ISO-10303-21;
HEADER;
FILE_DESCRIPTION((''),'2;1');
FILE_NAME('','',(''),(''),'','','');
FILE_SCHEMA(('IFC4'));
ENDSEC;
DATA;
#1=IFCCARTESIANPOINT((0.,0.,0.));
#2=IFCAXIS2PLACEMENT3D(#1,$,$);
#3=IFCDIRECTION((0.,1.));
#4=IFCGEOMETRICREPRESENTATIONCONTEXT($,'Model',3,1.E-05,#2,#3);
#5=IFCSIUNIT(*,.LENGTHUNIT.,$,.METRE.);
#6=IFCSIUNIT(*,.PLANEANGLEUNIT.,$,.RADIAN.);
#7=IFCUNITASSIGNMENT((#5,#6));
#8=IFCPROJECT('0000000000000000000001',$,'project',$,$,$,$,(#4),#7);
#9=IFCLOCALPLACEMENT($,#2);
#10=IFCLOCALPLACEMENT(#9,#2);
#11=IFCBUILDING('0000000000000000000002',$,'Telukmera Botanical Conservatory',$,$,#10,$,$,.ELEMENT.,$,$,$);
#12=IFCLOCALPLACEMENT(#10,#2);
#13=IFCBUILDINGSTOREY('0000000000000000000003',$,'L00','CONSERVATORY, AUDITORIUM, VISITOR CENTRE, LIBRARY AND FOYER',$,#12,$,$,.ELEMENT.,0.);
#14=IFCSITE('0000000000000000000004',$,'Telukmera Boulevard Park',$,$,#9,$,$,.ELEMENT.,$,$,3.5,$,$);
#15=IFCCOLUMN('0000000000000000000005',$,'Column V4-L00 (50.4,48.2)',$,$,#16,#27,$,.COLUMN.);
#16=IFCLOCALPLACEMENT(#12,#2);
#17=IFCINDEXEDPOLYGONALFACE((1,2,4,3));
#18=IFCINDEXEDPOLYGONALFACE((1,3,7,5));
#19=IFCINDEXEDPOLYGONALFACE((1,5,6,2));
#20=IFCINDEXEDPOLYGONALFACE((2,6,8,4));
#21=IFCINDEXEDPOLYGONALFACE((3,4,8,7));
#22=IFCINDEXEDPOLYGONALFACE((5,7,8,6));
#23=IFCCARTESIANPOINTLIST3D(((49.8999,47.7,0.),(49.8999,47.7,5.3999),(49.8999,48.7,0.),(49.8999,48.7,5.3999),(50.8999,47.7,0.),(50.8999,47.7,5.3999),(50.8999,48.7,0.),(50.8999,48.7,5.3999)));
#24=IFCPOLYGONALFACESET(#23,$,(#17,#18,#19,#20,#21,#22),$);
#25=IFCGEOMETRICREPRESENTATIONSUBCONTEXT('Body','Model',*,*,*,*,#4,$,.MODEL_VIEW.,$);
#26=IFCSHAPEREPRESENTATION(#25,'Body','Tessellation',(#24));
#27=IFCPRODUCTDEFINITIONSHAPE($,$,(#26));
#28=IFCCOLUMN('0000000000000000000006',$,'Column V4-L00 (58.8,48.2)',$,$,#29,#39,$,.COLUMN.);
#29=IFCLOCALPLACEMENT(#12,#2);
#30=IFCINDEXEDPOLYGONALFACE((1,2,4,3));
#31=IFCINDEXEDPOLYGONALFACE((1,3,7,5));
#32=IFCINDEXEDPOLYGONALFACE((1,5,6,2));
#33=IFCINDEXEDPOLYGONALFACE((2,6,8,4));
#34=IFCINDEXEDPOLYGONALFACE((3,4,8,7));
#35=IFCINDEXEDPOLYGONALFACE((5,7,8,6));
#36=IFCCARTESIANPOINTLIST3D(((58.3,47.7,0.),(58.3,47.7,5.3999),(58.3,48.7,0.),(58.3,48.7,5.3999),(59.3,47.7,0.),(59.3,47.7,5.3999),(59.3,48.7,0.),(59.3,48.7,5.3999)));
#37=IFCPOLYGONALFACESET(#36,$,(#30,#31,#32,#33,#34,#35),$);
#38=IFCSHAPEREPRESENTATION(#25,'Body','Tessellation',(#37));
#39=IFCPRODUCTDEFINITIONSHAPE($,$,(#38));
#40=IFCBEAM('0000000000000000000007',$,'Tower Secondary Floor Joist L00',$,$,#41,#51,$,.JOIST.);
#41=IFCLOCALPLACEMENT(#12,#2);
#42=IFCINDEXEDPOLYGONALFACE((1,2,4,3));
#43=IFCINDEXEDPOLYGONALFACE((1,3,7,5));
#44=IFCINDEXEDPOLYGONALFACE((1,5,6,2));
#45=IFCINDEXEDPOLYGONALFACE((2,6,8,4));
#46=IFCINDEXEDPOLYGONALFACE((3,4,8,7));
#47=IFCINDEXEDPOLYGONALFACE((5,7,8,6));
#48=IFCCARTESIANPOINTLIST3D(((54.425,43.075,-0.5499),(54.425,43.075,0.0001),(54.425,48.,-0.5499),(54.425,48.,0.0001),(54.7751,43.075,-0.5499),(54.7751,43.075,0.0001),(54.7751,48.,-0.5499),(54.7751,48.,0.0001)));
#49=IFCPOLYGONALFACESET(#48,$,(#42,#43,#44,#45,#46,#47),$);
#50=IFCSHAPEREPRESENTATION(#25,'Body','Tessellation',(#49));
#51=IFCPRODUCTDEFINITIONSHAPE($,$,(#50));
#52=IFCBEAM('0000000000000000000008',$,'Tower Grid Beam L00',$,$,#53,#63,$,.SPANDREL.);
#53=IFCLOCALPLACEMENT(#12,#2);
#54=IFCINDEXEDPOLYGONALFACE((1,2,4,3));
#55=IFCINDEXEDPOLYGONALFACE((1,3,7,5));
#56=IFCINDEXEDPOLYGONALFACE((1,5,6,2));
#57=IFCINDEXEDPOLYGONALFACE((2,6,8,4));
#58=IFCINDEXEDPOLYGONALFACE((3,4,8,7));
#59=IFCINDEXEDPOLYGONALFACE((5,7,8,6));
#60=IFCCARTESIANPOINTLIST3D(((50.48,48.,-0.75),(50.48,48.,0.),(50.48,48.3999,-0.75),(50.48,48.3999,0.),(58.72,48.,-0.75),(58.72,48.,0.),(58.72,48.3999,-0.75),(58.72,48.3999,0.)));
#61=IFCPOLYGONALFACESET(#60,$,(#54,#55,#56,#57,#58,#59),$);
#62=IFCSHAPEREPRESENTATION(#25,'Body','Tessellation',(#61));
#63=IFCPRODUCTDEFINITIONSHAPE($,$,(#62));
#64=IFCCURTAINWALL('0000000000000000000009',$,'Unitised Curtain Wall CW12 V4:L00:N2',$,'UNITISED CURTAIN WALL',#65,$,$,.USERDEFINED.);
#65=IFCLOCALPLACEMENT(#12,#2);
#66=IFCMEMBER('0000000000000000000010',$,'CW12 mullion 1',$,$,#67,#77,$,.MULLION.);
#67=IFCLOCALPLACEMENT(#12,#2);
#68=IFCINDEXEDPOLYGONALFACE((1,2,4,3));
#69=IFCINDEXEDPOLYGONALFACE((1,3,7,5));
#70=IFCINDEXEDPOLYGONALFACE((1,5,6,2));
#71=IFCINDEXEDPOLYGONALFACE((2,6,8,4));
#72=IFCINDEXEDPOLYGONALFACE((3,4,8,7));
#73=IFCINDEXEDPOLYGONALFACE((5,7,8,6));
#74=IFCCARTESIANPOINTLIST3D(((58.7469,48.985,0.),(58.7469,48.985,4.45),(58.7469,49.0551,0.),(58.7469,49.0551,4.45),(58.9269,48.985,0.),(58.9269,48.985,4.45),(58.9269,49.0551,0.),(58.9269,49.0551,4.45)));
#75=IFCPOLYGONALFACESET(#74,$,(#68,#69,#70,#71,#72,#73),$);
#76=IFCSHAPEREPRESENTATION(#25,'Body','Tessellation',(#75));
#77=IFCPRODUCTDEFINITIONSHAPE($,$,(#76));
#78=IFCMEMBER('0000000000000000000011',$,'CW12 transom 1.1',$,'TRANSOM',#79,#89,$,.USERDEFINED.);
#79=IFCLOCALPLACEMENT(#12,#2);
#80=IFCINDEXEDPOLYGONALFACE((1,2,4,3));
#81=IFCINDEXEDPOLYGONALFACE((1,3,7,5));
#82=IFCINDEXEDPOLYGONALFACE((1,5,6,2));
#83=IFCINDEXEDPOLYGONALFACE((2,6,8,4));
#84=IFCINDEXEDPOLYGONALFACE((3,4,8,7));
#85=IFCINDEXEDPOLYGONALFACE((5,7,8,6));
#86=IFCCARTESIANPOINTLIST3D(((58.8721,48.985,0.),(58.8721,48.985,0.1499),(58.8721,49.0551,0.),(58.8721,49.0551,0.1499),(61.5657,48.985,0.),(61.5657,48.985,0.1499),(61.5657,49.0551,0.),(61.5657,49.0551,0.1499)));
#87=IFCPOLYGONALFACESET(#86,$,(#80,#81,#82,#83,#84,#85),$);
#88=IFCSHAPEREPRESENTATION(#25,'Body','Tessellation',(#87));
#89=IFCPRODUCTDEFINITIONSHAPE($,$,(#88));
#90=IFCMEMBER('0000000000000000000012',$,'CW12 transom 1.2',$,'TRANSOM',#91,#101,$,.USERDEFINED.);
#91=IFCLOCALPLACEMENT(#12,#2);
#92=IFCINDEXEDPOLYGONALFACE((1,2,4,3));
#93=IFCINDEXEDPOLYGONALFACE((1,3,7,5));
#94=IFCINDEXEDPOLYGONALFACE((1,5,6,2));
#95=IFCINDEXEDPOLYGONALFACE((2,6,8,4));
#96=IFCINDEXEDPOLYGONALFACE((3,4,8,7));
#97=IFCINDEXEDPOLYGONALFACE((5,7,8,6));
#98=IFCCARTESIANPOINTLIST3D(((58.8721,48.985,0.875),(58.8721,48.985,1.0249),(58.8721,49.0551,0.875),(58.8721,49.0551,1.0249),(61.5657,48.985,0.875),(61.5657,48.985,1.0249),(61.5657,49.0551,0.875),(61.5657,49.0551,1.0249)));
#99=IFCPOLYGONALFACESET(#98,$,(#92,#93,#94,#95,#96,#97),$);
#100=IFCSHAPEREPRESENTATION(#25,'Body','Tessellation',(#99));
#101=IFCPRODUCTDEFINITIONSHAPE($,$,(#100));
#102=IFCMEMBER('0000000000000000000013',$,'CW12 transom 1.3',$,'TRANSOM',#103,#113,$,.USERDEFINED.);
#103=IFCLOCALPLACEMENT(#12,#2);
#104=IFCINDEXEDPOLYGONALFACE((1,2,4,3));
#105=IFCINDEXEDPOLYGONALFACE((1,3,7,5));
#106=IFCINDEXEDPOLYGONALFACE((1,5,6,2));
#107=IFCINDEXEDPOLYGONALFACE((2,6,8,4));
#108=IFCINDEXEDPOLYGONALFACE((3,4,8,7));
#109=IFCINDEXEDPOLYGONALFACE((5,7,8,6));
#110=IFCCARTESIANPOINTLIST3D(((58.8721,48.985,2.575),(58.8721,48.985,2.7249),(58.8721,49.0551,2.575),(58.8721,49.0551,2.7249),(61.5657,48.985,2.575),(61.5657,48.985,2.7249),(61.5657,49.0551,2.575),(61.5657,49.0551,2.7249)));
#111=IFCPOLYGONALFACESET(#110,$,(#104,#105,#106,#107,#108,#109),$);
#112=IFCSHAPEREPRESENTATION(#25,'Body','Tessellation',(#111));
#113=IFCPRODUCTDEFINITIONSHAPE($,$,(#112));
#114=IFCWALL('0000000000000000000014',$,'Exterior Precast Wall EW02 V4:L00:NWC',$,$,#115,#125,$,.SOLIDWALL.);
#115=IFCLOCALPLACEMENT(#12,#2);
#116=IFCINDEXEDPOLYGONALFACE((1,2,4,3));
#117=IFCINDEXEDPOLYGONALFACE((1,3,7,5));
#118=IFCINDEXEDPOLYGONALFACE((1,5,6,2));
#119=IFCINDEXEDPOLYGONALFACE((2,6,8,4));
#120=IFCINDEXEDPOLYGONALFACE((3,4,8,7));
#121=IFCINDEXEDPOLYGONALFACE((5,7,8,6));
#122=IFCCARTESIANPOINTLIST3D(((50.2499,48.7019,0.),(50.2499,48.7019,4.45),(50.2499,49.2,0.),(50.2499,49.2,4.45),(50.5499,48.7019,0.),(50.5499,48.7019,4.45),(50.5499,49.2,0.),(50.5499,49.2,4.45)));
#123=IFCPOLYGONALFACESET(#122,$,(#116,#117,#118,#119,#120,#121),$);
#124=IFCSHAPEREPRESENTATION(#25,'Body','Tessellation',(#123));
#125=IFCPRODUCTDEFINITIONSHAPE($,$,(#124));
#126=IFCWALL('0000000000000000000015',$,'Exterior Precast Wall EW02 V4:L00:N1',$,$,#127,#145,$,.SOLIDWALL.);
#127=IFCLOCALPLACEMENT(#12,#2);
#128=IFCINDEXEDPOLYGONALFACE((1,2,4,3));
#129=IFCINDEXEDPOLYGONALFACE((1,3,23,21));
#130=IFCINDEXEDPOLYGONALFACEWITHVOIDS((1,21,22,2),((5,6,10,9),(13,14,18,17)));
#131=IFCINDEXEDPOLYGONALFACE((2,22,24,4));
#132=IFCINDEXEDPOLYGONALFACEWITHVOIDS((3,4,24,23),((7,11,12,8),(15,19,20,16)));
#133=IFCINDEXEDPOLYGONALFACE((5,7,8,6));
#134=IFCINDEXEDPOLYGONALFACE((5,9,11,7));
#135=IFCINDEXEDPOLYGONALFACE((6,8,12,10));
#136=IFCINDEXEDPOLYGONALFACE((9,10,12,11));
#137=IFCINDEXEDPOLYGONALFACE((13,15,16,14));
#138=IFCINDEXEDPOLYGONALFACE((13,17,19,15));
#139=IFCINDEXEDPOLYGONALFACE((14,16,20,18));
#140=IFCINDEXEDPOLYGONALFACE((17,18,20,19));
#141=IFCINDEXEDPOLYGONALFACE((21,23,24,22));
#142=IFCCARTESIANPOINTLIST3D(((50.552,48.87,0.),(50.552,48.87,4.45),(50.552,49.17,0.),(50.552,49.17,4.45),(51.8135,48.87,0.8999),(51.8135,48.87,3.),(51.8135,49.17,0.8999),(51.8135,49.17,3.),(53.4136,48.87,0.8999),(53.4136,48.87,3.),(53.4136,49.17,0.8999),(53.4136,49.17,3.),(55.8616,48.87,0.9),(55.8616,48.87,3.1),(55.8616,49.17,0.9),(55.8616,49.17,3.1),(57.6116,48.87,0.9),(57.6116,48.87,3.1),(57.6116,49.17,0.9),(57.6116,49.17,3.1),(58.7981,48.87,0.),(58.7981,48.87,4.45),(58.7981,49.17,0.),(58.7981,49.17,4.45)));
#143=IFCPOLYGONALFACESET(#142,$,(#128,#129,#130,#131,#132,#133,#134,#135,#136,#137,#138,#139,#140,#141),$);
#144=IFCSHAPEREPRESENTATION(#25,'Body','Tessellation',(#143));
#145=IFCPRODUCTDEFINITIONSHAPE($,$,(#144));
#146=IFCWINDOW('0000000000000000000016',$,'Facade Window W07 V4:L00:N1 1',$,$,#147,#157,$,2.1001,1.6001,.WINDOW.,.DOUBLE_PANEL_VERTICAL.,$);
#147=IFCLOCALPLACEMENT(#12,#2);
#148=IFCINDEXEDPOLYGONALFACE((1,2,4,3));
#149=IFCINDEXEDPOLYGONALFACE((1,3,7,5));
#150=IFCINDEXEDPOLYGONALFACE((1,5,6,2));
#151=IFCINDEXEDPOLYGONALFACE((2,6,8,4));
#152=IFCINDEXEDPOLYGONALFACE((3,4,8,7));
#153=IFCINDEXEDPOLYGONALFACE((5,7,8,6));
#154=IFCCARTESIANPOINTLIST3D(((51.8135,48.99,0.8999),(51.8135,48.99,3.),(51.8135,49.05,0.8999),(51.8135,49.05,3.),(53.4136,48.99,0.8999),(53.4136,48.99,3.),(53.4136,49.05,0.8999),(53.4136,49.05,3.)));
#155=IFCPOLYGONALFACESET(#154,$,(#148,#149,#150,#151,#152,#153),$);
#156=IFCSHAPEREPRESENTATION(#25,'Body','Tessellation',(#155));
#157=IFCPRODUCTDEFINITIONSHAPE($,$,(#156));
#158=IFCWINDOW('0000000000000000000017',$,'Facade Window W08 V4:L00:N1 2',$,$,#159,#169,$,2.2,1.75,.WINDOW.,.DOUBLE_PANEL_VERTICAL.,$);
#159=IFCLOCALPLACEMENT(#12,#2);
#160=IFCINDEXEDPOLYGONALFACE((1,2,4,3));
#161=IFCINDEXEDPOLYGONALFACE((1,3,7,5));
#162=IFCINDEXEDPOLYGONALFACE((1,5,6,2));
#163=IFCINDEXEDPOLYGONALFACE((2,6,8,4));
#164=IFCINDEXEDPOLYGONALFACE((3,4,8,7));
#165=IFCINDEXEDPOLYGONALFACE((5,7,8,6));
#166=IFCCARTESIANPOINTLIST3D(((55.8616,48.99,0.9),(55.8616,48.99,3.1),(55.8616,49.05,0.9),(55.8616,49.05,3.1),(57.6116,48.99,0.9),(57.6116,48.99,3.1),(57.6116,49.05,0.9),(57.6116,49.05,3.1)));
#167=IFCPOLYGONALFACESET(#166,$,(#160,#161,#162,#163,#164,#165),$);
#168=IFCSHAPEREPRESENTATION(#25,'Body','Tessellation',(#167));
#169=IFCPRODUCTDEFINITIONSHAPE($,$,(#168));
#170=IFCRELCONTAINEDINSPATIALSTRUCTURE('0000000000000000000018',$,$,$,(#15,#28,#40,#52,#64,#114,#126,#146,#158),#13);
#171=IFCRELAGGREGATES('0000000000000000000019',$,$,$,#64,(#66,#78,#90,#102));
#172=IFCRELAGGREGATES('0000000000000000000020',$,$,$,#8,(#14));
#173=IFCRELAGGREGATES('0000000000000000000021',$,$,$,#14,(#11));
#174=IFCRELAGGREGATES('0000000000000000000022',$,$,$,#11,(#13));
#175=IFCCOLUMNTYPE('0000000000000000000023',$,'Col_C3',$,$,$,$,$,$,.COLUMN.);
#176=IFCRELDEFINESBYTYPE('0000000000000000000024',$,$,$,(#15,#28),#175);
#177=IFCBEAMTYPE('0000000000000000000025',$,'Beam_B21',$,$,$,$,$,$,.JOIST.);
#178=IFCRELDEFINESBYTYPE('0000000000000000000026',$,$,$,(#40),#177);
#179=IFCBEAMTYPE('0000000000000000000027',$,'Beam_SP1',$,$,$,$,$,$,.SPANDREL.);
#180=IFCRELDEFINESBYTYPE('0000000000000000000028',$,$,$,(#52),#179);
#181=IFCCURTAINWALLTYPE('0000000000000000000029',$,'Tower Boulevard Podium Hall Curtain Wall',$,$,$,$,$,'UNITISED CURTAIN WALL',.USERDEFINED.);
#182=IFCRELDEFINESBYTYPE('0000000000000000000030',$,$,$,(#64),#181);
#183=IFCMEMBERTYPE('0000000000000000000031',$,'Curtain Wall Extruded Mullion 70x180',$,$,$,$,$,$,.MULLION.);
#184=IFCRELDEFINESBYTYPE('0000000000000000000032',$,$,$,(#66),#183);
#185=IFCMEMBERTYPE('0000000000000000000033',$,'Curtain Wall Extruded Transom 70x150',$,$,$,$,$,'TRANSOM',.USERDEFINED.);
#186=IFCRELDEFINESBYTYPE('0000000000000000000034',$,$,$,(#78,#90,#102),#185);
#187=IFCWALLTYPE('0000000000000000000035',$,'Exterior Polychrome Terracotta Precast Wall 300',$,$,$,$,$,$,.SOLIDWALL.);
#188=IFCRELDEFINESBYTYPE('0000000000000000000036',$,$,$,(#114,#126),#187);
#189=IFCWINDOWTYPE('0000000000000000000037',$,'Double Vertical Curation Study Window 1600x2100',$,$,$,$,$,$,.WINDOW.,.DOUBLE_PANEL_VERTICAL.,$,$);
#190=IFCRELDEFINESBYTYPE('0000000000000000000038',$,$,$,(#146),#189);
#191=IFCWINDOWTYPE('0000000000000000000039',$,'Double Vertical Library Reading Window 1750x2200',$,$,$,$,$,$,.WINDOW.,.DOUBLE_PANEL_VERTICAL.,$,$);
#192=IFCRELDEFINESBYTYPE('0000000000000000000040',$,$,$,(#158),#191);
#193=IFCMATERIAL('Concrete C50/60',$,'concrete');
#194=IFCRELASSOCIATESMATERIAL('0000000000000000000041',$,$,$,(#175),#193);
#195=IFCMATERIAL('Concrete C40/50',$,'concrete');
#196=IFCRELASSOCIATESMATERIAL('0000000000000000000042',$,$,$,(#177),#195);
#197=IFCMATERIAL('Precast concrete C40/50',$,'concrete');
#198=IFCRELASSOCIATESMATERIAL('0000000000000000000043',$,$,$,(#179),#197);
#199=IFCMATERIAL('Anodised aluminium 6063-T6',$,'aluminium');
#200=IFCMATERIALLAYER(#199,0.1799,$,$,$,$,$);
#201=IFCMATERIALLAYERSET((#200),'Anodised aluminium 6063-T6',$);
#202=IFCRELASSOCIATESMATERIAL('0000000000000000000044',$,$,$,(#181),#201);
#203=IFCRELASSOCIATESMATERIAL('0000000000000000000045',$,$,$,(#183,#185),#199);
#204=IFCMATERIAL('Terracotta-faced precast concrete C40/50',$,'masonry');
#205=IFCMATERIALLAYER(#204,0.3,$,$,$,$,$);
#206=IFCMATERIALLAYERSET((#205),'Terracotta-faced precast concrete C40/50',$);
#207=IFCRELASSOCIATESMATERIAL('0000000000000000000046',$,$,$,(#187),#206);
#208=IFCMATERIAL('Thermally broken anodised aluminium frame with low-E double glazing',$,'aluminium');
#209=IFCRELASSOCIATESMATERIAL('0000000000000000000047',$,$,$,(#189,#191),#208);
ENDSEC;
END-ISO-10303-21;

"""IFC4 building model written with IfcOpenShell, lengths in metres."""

from ifc_helpers import new_model, si_unit, direction, frame, frame_2d, origin, origin_2d, place, context, subcontext, project, spatial, rectangle, extrude, material, layer, layer_set, material_profile, profile_set, type_object, element, fill, aggregate, save


model = new_model("IFC4")

# Units and contexts
model_context = context("Model", 3, precision=1e-05, world=origin(), true_north=direction((0.0, 1.0)))
body_context = subcontext(model_context, "Body", "Model", "MODEL_VIEW")
ifc_project = project(units=[si_unit("LENGTHUNIT", "METRE"), si_unit("PLANEANGLEUNIT", "RADIAN")], contexts=[model_context])

# Site, building, storey
site_placement = place(None, origin())
site = spatial("IfcSite", under=ifc_project, at=site_placement, Name="Telukmera Boulevard Park", CompositionType="ELEMENT", RefElevation=3.5)
building_placement = place(site_placement, origin())
building = spatial("IfcBuilding", under=site, at=building_placement, Name="Telukmera Botanical Conservatory", CompositionType="ELEMENT")
storey_placement = place(building_placement, origin())
storey = spatial("IfcBuildingStorey", under=building, at=storey_placement, Name="L00", Description="CONSERVATORY, AUDITORIUM, VISITOR CENTRE, LIBRARY AND FOYER", CompositionType="ELEMENT", Elevation=0.0)

# Columns
ifc_material_1 = material(Name="Concrete C50/60", Category="concrete")
ifc_material_profile_1 = material_profile(ifc_material_1, rectangle(XDim=1.0, YDim=1.0, at=origin_2d()), Name="RC 1000x1000")
ifc_profile_set_1 = profile_set([ifc_material_profile_1], Name="Concrete C50/60")
column_type = type_object("IfcColumnType", Name="Col_C3", PredefinedType="COLUMN", material=ifc_profile_set_1)
for number, where, z_axis, x_axis, name in (
    (1, (50.3999, 48.2, 0.0), (0.0, 0.0, 1.0), (1.0, 0.0, 0.0), "Column V4-L00 (50.4,48.2)"),
    (2, (58.8, 48.2, 0.0), (0.0, 0.0, 1.0), (1.0, 0.0, 0.0), "Column V4-L00 (58.8,48.2)"),
):
    element("IfcColumn", number, at=place(storey_placement, frame(where, z_axis=z_axis, x_axis=x_axis)), inside=storey, type_object=column_type, Name=name, PredefinedType="COLUMN", context=body_context, shape_type="SweptSolid", body=[
        extrude(rectangle(XDim=1.0, YDim=1.0, at=origin_2d()), origin(), (0.0, 0.0, 1.0), 5.3999),
    ])

# Beams
ifc_material_2 = material(Name="Concrete C40/50", Category="concrete")
ifc_material_profile_2 = material_profile(ifc_material_2, rectangle(XDim=0.3501, YDim=0.55, at=origin_2d()), Name="RC 350x550")
ifc_profile_set_2 = profile_set([ifc_material_profile_2], Name="Concrete C40/50")
beam_type_1 = type_object("IfcBeamType", Name="Beam_B21", PredefinedType="JOIST", material=ifc_profile_set_2)
beam_1_placement = place(storey_placement, frame((54.6001, 43.075, -0.2749), z_axis=(0.0, 1.0, 0.0), x_axis=(-1.0, 0.0, 0.0)))
element("IfcBeam", 3, at=beam_1_placement, inside=storey, type_object=beam_type_1, Name="Tower Secondary Floor Joist L00", PredefinedType="JOIST", context=body_context, shape_type="SweptSolid", body=[
    extrude(rectangle(XDim=0.3501, YDim=0.55, at=origin_2d()), origin(), (0.0, 0.0, 1.0), 4.925),
])
ifc_material_3 = material(Name="Precast concrete C40/50", Category="concrete")
ifc_material_profile_3 = material_profile(ifc_material_3, rectangle(XDim=0.3999, YDim=0.75, at=origin_2d()), Name="PC 400x750")
ifc_profile_set_3 = profile_set([ifc_material_profile_3], Name="Precast concrete C40/50")
beam_type_2 = type_object("IfcBeamType", Name="Beam_SP1", PredefinedType="SPANDREL", material=ifc_profile_set_3)
beam_2_placement = place(storey_placement, frame((50.48, 48.2, -0.375), z_axis=(1.0, 0.0, 0.0), x_axis=(0.0, 1.0, 0.0)))
element("IfcBeam", 4, at=beam_2_placement, inside=storey, type_object=beam_type_2, Name="Tower Grid Beam L00", PredefinedType="SPANDREL", context=body_context, shape_type="SweptSolid", body=[
    extrude(rectangle(XDim=0.3999, YDim=0.75, at=origin_2d()), origin(), (0.0, 0.0, 1.0), 8.24),
])

# Curtain wall, members
ifc_material_4 = material(Name="Anodised aluminium 6063-T6", Category="aluminium")
ifc_layer_1 = layer(ifc_material_4, 0.1799)
ifc_layer_set_1 = layer_set([ifc_layer_1], Name="Anodised aluminium 6063-T6")
curtain_wall_type = type_object("IfcCurtainWallType", Name="Tower Boulevard Podium Hall Curtain Wall", ElementType="UNITISED CURTAIN WALL", PredefinedType="USERDEFINED", material=ifc_layer_set_1)
curtain_wall_placement = place(storey_placement, origin())
curtain_wall = element("IfcCurtainWall", 5, at=curtain_wall_placement, inside=storey, type_object=curtain_wall_type, Name="Unitised Curtain Wall CW12 V4:L00:N2", ObjectType="UNITISED CURTAIN WALL", PredefinedType="USERDEFINED")
ifc_material_profile_4 = material_profile(ifc_material_4, rectangle(XDim=0.0701, YDim=0.1799, at=origin_2d()), Name="ALU MULL 70x180")
ifc_profile_set_4 = profile_set([ifc_material_profile_4], Name="Anodised aluminium 6063-T6")
member_type_1 = type_object("IfcMemberType", Name="Curtain Wall Extruded Mullion 70x180", PredefinedType="MULLION", material=ifc_profile_set_4)
member_1_placement = place(storey_placement, frame((58.8369, 49.02, 0.0), z_axis=(0.0, 0.0, 1.0), x_axis=(0.0, 1.0, 0.0)))
member_1 = element("IfcMember", 6, at=member_1_placement, type_object=member_type_1, Name="CW12 mullion 1", PredefinedType="MULLION", context=body_context, shape_type="SweptSolid", body=[
    extrude(rectangle(XDim=0.0701, YDim=0.1799, at=origin_2d()), origin(), (0.0, 0.0, 1.0), 4.45),
])
ifc_material_profile_5 = material_profile(ifc_material_4, rectangle(XDim=0.0701, YDim=0.1499, at=origin_2d()), Name="ALU TRAN 70x150")
ifc_profile_set_5 = profile_set([ifc_material_profile_5], Name="Anodised aluminium 6063-T6")
member_type_2 = type_object("IfcMemberType", Name="Curtain Wall Extruded Transom 70x150", ElementType="TRANSOM", PredefinedType="USERDEFINED", material=ifc_profile_set_5)
member_2_placement = place(storey_placement, frame((58.8721, 49.02, 0.075), z_axis=(1.0, 0.0, 0.0), x_axis=(0.0, 1.0, 0.0)))
member_2 = element("IfcMember", 7, at=member_2_placement, type_object=member_type_2, Name="CW12 transom 1.1", ObjectType="TRANSOM", PredefinedType="USERDEFINED", context=body_context, shape_type="SweptSolid", body=[
    extrude(rectangle(XDim=0.0701, YDim=0.1499, at=origin_2d()), origin(), (0.0, 0.0, 1.0), 2.6936),
])
member_3_placement = place(storey_placement, frame((58.8721, 49.02, 0.95), z_axis=(1.0, 0.0, 0.0), x_axis=(0.0, 1.0, 0.0)))
member_3 = element("IfcMember", 8, at=member_3_placement, type_object=member_type_2, Name="CW12 transom 1.2", ObjectType="TRANSOM", PredefinedType="USERDEFINED", context=body_context, shape_type="SweptSolid", body=[
    extrude(rectangle(XDim=0.0701, YDim=0.1499, at=origin_2d()), origin(), (0.0, 0.0, 1.0), 2.6936),
])
member_4_placement = place(storey_placement, frame((58.8721, 49.02, 2.6499), z_axis=(1.0, 0.0, 0.0), x_axis=(0.0, 1.0, 0.0)))
member_4 = element("IfcMember", 9, at=member_4_placement, type_object=member_type_2, Name="CW12 transom 1.3", ObjectType="TRANSOM", PredefinedType="USERDEFINED", context=body_context, shape_type="SweptSolid", body=[
    extrude(rectangle(XDim=0.0701, YDim=0.1499, at=origin_2d()), origin(), (0.0, 0.0, 1.0), 2.6936),
])
aggregate(curtain_wall, [member_1, member_2, member_3, member_4])

# Wall
ifc_material_5 = material(Name="Terracotta-faced precast concrete C40/50", Category="masonry")
ifc_layer_2 = layer(ifc_material_5, 0.3)
ifc_layer_set_2 = layer_set([ifc_layer_2], Name="Terracotta-faced precast concrete C40/50")
wall_type = type_object("IfcWallType", Name="Exterior Polychrome Terracotta Precast Wall 300", PredefinedType="SOLIDWALL", material=ifc_layer_set_2)
wall_1_placement = place(storey_placement, frame((50.3999, 48.7019, 0.0), z_axis=(0.0, 0.0, 1.0), x_axis=(0.0, 1.0, 0.0)))
element("IfcWall", 10, at=wall_1_placement, inside=storey, type_object=wall_type, Name="Exterior Precast Wall EW02 V4:L00:NWC", PredefinedType="SOLIDWALL", context=body_context, shape_type="SweptSolid", body=[
    extrude(rectangle(XDim=0.498, YDim=0.3, at=frame_2d((0.249, 0.0))), origin(), (0.0, 0.0, 1.0), 4.45),
])

# Wall, openings, windows
wall_2_placement = place(storey_placement, frame((50.552, 49.02, 0.0), z_axis=(0.0, 0.0, 1.0), x_axis=(1.0, 0.0, 0.0)))
wall_2 = element("IfcWall", 11, at=wall_2_placement, inside=storey, type_object=wall_type, Name="Exterior Precast Wall EW02 V4:L00:N1", PredefinedType="SOLIDWALL", context=body_context, shape_type="SweptSolid", body=[
    extrude(rectangle(XDim=8.2461, YDim=0.3, at=frame_2d((4.123, 0.0))), origin(), (0.0, 0.0, 1.0), 4.45),
])
opening_1_placement = place(wall_2_placement, frame((1.2615, 0.0, 0.8999)))
opening_1 = element("IfcOpeningElement", 12, at=opening_1_placement, cuts=wall_2, PredefinedType="OPENING", context=body_context, shape_type="SweptSolid", body=[
    extrude(rectangle(XDim=1.6001, YDim=2.1001, at=frame_2d((0.8, 1.05))), frame((0.0, 0.1599, 0.0), z_axis=(0.0, -1.0, 0.0), x_axis=(1.0, 0.0, 0.0)), (0.0, 0.0, 1.0), 0.3201),
])
opening_2_placement = place(wall_2_placement, frame((5.3096, 0.0, 0.8999)))
opening_2 = element("IfcOpeningElement", 13, at=opening_2_placement, cuts=wall_2, PredefinedType="OPENING", context=body_context, shape_type="SweptSolid", body=[
    extrude(rectangle(XDim=1.75, YDim=2.2, at=frame_2d((0.875, 1.1001))), frame((0.0, 0.1599, 0.0), z_axis=(0.0, -1.0, 0.0), x_axis=(1.0, 0.0, 0.0)), (0.0, 0.0, 1.0), 0.3201),
])
ifc_material_6 = material(Name="Thermally broken anodised aluminium frame with low-E double glazing", Category="aluminium")
window_type_1 = type_object("IfcWindowType", Name="Double Vertical Curation Study Window 1600x2100", PartitioningType="DOUBLE_PANEL_VERTICAL", PredefinedType="WINDOW", material=ifc_material_6)
window_1_placement = place(opening_1_placement, origin())
window_1 = element("IfcWindow", 14, at=window_1_placement, inside=storey, type_object=window_type_1, Name="Facade Window W07 V4:L00:N1 1", OverallHeight=2.1001, OverallWidth=1.6001, PartitioningType="DOUBLE_PANEL_VERTICAL", PredefinedType="WINDOW", context=body_context, shape_type="SweptSolid", body=[
    extrude(rectangle(XDim=1.6001, YDim=2.1001, at=frame_2d((0.8, 1.05))), frame((0.0, 0.03, 0.0), z_axis=(0.0, -1.0, 0.0), x_axis=(1.0, 0.0, 0.0)), (0.0, 0.0, 1.0), 0.0601),
])
fill(opening_1, window_1)
window_type_2 = type_object("IfcWindowType", Name="Double Vertical Library Reading Window 1750x2200", PartitioningType="DOUBLE_PANEL_VERTICAL", PredefinedType="WINDOW", material=ifc_material_6)
window_2_placement = place(opening_2_placement, origin())
window_2 = element("IfcWindow", 15, at=window_2_placement, inside=storey, type_object=window_type_2, Name="Facade Window W08 V4:L00:N1 2", OverallHeight=2.2, OverallWidth=1.75, PartitioningType="DOUBLE_PANEL_VERTICAL", PredefinedType="WINDOW", context=body_context, shape_type="SweptSolid", body=[
    extrude(rectangle(XDim=1.75, YDim=2.2, at=frame_2d((0.875, 1.1001))), frame((0.0, 0.03, 0.0), z_axis=(0.0, -1.0, 0.0), x_axis=(1.0, 0.0, 0.0)), (0.0, 0.0, 1.0), 0.0601),
])
fill(opening_2, window_2)

save(model, "model.ifc")
